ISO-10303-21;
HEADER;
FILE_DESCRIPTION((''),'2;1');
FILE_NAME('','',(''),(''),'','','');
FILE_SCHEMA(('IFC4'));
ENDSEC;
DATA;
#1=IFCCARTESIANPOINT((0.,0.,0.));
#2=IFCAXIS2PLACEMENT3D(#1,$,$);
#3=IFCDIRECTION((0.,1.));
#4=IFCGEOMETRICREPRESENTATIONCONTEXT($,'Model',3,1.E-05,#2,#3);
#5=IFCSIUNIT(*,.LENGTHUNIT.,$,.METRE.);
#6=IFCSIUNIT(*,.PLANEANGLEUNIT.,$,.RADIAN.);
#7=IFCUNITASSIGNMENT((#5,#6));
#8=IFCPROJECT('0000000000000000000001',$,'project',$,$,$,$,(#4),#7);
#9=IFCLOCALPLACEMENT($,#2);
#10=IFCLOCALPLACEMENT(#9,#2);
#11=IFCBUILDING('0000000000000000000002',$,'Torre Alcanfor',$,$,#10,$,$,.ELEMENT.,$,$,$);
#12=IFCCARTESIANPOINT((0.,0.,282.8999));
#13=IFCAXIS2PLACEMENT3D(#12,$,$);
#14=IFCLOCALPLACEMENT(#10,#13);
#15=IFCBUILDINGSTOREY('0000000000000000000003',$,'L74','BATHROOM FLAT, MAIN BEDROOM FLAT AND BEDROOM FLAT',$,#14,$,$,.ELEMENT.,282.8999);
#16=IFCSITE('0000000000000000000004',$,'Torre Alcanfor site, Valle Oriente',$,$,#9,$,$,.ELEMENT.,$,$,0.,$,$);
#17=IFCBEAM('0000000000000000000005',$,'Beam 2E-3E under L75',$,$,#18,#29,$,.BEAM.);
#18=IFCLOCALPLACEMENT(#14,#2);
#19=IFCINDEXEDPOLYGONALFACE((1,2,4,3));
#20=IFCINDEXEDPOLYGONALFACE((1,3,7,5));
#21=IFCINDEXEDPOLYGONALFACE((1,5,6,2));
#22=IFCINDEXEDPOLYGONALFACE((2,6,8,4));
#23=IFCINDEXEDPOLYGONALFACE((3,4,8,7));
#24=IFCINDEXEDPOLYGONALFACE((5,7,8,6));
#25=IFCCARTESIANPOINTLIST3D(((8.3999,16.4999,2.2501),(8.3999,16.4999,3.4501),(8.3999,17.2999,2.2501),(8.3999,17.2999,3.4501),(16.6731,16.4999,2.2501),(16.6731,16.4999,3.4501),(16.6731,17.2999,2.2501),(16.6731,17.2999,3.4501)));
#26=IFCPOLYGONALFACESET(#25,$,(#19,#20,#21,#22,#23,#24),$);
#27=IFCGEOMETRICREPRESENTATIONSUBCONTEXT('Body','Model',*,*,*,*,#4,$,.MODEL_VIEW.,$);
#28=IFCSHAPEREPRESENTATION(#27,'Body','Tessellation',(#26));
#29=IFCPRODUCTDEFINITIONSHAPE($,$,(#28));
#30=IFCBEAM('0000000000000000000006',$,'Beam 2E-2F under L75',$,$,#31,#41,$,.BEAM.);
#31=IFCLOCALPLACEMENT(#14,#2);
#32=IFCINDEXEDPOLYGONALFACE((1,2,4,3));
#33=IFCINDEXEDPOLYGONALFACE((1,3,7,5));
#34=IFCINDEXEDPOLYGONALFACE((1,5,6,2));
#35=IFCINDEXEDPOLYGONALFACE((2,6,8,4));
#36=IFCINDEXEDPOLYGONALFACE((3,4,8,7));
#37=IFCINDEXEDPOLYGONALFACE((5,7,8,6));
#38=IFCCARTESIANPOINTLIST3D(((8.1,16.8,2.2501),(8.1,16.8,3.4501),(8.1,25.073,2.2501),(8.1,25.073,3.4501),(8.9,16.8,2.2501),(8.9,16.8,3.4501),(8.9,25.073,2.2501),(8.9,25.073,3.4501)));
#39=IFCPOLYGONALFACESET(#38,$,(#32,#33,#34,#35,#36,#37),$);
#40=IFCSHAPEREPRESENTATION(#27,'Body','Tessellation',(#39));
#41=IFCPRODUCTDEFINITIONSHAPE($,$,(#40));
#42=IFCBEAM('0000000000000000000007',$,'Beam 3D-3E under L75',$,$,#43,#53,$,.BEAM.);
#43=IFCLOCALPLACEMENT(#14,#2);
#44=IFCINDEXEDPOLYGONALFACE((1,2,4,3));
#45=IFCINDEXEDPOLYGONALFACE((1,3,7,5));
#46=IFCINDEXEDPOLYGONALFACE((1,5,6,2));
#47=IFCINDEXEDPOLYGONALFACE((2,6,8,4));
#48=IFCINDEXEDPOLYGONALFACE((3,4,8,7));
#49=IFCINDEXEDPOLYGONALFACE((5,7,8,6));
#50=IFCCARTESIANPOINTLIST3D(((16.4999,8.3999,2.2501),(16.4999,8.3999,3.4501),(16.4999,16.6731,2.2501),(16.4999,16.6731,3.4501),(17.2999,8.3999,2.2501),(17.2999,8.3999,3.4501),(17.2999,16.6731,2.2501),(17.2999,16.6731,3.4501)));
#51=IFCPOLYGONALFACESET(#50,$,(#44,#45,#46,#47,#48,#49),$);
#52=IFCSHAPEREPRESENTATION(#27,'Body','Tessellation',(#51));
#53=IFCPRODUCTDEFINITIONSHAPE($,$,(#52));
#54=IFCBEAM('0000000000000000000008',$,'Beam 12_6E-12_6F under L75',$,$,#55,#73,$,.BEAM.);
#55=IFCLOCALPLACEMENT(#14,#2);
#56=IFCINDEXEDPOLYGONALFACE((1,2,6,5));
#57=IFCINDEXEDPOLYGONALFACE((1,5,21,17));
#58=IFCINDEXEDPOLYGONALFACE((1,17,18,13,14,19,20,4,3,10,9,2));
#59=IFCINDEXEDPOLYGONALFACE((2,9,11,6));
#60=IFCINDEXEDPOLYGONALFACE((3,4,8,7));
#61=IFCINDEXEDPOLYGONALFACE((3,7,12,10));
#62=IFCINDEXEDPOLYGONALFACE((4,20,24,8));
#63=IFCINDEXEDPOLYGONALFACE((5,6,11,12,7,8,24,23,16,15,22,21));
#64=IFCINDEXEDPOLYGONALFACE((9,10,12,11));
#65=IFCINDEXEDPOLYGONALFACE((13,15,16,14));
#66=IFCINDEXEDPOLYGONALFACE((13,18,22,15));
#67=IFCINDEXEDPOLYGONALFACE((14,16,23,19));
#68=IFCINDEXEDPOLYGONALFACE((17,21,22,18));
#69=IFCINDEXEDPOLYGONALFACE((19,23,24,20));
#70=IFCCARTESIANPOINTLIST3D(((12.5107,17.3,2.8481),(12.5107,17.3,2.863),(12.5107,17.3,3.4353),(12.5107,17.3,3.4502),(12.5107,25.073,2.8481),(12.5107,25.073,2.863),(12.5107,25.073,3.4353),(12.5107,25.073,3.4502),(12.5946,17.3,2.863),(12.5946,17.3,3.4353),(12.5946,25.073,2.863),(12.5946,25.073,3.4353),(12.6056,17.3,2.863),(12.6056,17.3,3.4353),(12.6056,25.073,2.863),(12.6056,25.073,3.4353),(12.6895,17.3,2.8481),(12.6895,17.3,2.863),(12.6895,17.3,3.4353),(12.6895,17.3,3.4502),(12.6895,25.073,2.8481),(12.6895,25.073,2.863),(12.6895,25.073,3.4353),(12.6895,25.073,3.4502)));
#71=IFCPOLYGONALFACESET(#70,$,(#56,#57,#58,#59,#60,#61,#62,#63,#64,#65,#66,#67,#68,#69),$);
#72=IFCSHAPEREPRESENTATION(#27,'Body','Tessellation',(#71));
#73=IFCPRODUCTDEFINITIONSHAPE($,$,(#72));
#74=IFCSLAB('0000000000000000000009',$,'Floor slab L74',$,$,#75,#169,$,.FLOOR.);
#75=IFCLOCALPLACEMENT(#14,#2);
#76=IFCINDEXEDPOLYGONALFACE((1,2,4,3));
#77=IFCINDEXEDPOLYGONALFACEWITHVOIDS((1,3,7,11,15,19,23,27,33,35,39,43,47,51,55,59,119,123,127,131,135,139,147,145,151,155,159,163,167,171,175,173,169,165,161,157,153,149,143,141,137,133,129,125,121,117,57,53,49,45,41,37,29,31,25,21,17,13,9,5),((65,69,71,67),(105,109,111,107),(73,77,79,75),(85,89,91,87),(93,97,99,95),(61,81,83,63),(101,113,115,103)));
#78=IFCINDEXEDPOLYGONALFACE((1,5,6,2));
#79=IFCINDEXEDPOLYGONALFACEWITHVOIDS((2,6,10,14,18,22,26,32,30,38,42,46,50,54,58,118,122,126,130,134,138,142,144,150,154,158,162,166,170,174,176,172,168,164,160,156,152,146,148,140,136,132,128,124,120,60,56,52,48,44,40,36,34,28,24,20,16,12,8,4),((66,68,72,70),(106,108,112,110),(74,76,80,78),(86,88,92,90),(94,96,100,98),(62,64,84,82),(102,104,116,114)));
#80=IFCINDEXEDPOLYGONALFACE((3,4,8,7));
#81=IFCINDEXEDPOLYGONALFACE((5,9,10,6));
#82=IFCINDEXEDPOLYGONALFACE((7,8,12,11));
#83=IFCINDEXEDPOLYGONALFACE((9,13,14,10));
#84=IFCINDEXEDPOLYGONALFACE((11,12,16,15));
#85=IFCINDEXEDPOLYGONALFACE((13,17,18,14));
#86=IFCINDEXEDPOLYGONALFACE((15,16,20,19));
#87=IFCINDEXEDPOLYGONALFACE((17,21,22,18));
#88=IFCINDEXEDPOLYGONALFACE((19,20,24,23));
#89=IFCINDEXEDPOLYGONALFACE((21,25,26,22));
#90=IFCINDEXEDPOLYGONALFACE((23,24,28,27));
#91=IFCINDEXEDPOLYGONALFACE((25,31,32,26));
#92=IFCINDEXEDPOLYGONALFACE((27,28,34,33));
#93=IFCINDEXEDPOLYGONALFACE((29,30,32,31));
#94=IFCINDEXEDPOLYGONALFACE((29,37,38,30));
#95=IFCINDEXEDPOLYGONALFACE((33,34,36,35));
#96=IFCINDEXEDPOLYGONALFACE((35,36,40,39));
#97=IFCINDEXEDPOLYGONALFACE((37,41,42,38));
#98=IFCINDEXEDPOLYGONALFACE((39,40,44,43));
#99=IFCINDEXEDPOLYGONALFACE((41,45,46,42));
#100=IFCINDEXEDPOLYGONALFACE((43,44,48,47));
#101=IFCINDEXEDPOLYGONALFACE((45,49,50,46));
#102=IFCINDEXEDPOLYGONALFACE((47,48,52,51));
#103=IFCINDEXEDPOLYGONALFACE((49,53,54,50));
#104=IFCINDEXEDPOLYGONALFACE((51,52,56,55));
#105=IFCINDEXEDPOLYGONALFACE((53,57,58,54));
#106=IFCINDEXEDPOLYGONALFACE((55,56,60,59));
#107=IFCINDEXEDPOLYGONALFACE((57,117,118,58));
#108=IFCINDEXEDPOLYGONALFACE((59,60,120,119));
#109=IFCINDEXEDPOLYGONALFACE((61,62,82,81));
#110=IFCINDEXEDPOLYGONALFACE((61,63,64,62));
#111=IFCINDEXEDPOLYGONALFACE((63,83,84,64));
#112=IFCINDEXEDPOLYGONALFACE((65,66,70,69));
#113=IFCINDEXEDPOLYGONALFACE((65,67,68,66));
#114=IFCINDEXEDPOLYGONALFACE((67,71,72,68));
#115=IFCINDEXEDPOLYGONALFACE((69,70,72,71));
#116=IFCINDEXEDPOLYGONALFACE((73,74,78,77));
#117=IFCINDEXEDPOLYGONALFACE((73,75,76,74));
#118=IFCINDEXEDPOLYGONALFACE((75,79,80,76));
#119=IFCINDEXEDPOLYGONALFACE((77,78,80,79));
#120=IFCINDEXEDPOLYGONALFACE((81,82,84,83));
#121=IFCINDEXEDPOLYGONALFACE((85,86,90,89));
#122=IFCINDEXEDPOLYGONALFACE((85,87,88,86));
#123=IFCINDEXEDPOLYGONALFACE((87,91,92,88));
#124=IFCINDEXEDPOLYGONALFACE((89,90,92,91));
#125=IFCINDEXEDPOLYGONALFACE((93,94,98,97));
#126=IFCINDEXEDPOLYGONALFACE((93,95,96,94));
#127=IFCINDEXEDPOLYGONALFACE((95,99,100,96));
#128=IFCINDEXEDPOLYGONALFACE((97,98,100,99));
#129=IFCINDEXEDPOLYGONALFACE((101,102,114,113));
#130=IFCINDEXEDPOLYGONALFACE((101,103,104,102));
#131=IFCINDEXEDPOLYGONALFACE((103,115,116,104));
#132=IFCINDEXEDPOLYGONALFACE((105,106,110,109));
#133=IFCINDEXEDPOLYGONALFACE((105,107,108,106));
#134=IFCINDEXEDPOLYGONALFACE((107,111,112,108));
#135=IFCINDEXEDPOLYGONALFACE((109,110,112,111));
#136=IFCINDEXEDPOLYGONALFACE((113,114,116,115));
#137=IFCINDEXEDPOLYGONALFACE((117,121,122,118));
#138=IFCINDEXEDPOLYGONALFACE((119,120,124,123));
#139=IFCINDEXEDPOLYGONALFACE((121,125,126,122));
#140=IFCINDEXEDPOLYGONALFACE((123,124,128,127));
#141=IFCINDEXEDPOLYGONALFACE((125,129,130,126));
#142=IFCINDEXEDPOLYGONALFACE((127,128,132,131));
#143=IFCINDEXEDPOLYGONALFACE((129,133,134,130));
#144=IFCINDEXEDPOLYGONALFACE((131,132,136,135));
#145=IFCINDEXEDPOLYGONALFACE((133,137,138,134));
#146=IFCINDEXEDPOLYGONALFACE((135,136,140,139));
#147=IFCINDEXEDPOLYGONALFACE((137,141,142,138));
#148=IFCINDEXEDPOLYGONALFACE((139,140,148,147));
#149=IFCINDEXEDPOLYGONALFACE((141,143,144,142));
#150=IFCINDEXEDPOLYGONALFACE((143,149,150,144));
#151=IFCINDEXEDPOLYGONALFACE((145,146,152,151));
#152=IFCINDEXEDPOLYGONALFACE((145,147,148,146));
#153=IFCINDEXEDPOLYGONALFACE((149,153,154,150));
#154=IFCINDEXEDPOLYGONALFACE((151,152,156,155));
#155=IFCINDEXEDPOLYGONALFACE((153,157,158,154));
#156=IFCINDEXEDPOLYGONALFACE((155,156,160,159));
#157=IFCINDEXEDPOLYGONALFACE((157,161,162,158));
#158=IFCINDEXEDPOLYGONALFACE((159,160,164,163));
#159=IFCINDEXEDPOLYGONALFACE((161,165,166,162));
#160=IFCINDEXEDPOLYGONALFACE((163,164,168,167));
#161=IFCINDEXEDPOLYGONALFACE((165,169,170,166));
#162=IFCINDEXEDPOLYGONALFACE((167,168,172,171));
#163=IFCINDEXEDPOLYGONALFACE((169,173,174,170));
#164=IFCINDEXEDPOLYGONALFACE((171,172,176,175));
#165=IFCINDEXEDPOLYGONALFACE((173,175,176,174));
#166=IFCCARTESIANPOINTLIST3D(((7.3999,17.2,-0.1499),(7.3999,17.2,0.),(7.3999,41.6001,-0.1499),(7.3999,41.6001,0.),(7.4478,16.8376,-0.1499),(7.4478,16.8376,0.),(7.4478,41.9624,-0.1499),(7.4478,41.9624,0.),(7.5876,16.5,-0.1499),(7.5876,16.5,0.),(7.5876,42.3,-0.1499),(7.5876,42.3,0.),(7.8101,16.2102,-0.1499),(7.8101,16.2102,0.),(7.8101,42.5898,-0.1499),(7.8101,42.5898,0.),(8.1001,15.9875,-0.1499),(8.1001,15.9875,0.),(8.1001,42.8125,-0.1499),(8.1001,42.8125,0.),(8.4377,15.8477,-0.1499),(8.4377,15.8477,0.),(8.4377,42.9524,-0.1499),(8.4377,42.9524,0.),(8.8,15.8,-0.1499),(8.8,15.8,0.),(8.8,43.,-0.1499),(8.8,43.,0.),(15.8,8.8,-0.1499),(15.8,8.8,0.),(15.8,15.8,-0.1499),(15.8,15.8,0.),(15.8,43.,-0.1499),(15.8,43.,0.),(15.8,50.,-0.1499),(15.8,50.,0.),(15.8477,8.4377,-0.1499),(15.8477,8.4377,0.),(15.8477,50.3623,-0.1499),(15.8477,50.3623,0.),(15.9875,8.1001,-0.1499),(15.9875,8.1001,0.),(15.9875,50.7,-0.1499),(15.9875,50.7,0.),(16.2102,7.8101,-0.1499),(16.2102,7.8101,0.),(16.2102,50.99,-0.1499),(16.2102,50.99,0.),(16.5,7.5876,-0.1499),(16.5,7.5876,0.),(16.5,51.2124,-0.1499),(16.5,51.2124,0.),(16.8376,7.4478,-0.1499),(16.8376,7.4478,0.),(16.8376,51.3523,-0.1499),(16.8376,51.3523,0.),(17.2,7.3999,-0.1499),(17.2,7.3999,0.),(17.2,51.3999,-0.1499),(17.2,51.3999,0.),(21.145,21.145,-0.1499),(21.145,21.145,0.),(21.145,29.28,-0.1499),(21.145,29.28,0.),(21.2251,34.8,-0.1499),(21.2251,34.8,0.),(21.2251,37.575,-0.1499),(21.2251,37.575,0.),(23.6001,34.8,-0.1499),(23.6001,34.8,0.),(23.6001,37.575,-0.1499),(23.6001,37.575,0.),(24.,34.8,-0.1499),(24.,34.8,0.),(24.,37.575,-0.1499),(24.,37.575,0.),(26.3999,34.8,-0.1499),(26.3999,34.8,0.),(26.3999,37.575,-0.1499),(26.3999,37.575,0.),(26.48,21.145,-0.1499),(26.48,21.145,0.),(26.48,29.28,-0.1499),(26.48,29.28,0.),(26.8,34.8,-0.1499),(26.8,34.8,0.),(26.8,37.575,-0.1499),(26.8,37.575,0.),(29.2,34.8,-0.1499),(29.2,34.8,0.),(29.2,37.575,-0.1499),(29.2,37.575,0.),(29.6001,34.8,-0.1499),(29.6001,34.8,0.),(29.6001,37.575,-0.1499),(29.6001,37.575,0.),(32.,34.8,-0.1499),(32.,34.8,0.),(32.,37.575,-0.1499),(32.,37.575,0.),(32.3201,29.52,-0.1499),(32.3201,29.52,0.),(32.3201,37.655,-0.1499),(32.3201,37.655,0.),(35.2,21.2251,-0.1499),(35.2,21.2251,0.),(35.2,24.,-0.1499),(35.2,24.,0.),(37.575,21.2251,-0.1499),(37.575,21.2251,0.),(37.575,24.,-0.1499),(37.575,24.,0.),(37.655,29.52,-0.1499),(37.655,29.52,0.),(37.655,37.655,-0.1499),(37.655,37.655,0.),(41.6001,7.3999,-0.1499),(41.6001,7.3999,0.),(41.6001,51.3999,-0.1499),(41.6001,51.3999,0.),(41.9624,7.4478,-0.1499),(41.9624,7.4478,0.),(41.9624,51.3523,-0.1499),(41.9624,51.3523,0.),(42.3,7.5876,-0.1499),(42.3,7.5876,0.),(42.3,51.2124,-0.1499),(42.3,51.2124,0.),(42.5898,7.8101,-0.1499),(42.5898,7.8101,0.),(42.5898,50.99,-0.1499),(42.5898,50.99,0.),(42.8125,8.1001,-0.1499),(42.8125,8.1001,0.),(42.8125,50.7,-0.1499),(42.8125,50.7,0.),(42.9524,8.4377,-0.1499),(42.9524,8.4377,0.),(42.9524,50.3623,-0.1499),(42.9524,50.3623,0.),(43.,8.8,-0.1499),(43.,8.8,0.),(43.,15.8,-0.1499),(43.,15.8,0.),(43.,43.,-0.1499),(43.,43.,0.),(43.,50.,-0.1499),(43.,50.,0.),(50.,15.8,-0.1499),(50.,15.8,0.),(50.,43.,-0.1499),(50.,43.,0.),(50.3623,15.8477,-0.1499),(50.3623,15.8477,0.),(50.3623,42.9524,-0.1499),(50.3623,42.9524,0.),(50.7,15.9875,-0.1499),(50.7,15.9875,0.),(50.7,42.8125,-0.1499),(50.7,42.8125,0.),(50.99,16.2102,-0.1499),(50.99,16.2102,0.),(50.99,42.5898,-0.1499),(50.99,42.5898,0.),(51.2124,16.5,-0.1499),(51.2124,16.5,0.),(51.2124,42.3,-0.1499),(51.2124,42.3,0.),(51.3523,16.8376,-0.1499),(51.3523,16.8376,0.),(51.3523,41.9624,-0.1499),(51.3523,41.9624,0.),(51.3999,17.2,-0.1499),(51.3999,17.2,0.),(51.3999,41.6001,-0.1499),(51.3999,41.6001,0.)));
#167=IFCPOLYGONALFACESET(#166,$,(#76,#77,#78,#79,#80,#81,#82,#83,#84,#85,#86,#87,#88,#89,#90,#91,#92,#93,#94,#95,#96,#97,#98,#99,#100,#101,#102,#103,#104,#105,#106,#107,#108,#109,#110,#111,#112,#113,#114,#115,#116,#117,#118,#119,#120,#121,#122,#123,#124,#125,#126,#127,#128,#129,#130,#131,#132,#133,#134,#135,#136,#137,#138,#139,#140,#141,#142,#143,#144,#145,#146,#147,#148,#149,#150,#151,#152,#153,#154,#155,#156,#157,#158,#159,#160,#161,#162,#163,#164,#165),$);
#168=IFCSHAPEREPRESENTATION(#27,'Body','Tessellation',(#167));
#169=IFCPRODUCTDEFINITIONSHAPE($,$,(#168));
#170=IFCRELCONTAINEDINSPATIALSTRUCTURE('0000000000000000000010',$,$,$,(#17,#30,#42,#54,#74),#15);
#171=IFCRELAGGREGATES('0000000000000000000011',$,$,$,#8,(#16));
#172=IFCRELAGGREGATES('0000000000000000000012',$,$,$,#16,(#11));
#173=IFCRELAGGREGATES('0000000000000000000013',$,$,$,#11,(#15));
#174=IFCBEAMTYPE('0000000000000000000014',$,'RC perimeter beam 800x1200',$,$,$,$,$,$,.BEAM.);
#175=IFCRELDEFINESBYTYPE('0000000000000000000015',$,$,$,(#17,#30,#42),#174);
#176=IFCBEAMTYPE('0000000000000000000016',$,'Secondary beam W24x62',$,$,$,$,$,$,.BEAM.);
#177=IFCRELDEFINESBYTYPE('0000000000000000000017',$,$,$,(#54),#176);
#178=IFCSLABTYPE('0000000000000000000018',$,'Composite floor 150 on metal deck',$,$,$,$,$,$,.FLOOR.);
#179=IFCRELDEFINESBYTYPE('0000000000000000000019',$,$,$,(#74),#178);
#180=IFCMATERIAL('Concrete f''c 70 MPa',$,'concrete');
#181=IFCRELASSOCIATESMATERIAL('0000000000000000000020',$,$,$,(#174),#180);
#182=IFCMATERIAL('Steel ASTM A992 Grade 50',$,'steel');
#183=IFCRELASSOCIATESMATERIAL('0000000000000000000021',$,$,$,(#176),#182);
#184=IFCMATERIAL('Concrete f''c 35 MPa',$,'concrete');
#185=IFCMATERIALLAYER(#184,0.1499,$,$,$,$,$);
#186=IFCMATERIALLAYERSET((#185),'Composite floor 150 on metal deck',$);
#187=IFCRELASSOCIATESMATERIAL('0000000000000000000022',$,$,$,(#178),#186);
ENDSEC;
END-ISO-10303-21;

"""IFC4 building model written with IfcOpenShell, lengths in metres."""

from ifc_helpers import new_model, si_unit, direction, frame, origin, origin_2d, place, context, subcontext, project, spatial, polyline, rectangle, i_section, outline, extrude, material, layer, layer_set, material_profile, profile_set, type_object, element, save


model = new_model("IFC4")

# Units and contexts
model_context = context("Model", 3, precision=1e-05, world=origin(), true_north=direction((0.0, 1.0)))
body_context = subcontext(model_context, "Body", "Model", "MODEL_VIEW")
ifc_project = project(units=[si_unit("LENGTHUNIT", "METRE"), si_unit("PLANEANGLEUNIT", "RADIAN")], contexts=[model_context])

# Site, building, storey
site_placement = place(None, origin())
site = spatial("IfcSite", under=ifc_project, at=site_placement, Name="Torre Alcanfor site, Valle Oriente", CompositionType="ELEMENT", RefElevation=0.0)
building_placement = place(site_placement, origin())
building = spatial("IfcBuilding", under=site, at=building_placement, Name="Torre Alcanfor", CompositionType="ELEMENT")
storey_placement = place(building_placement, frame((0.0, 0.0, 282.8999)))
storey = spatial("IfcBuildingStorey", under=building, at=storey_placement, Name="L74", Description="BATHROOM FLAT, MAIN BEDROOM FLAT AND BEDROOM FLAT", CompositionType="ELEMENT", Elevation=282.8999)

# Beams
ifc_material_1 = material(Name="Concrete f'c 70 MPa", Category="concrete")
ifc_material_profile_1 = material_profile(ifc_material_1, rectangle(XDim=0.8, YDim=1.2, at=origin_2d()), Name="800x1200")
ifc_profile_set_1 = profile_set([ifc_material_profile_1], Name="Concrete f'c 70 MPa")
beam_type_1 = type_object("IfcBeamType", Name="RC perimeter beam 800x1200", PredefinedType="BEAM", material=ifc_profile_set_1)
beam_1_placement = place(storey_placement, frame((8.3999, 16.8999, 2.8501), z_axis=(1.0, 0.0, 0.0), x_axis=(0.0, 1.0, 0.0)))
element("IfcBeam", 1, at=beam_1_placement, inside=storey, type_object=beam_type_1, Name="Beam 2E-3E under L75", PredefinedType="BEAM", context=body_context, shape_type="SweptSolid", body=[
    extrude(rectangle(XDim=0.8, YDim=1.2, at=origin_2d()), origin(), (0.0, 0.0, 1.0), 8.2732),
])
beam_2_placement = place(storey_placement, frame((8.5, 16.8, 2.8501), z_axis=(0.0, 1.0, 0.0), x_axis=(-1.0, 0.0, 0.0)))
element("IfcBeam", 2, at=beam_2_placement, inside=storey, type_object=beam_type_1, Name="Beam 2E-2F under L75", PredefinedType="BEAM", context=body_context, shape_type="SweptSolid", body=[
    extrude(rectangle(XDim=0.8, YDim=1.2, at=origin_2d()), origin(), (0.0, 0.0, 1.0), 8.2729),
])
beam_3_placement = place(storey_placement, frame((16.8999, 8.3999, 2.8501), z_axis=(0.0, 1.0, 0.0), x_axis=(-1.0, 0.0, 0.0)))
element("IfcBeam", 3, at=beam_3_placement, inside=storey, type_object=beam_type_1, Name="Beam 3D-3E under L75", PredefinedType="BEAM", context=body_context, shape_type="SweptSolid", body=[
    extrude(rectangle(XDim=0.8, YDim=1.2, at=origin_2d()), origin(), (0.0, 0.0, 1.0), 8.2732),
])
ifc_material_2 = material(Name="Steel ASTM A992 Grade 50", Category="steel")
ifc_material_profile_2 = material_profile(ifc_material_2, i_section(OverallWidth=0.1787, OverallDepth=0.6021, WebThickness=0.011, FlangeThickness=0.0149, at=origin_2d()), Name="W24x62")
ifc_profile_set_2 = profile_set([ifc_material_profile_2], Name="Steel ASTM A992 Grade 50")
beam_type_2 = type_object("IfcBeamType", Name="Secondary beam W24x62", PredefinedType="BEAM", material=ifc_profile_set_2)
beam_4_placement = place(storey_placement, frame((12.6001, 17.3, 3.1492), z_axis=(0.0, 1.0, 0.0), x_axis=(-1.0, 0.0, 0.0)))
element("IfcBeam", 4, at=beam_4_placement, inside=storey, type_object=beam_type_2, Name="Beam 12_6E-12_6F under L75", PredefinedType="BEAM", context=body_context, shape_type="SweptSolid", body=[
    extrude(i_section(OverallWidth=0.1787, OverallDepth=0.6021, WebThickness=0.011, FlangeThickness=0.0149, at=origin_2d()), origin(), (0.0, 0.0, 1.0), 7.7729),
])

# Slab
ifc_material_3 = material(Name="Concrete f'c 35 MPa", Category="concrete")
ifc_layer_1 = layer(ifc_material_3, 0.1499)
ifc_layer_set_1 = layer_set([ifc_layer_1], Name="Composite floor 150 on metal deck")
slab_type_1 = type_object("IfcSlabType", Name="Composite floor 150 on metal deck", PredefinedType="FLOOR", material=ifc_layer_set_1)
slab_1_placement = place(storey_placement, frame((0.0, 0.0, -0.1499)))
element("IfcSlab", 5, at=slab_1_placement, inside=storey, type_object=slab_type_1, Name="Floor slab L74", PredefinedType="FLOOR", context=body_context, shape_type="SweptSolid", body=[
    extrude(outline(polyline([(15.8, 43.0), (8.8, 43.0), (8.4377, 42.9524), (8.1001, 42.8125), (7.8101, 42.5898), (7.5876, 42.3), (7.4478, 41.9624), (7.3999, 41.6001), (7.3999, 17.2), (7.4478, 16.8376), (7.5876, 16.5), (7.8101, 16.2102), (8.1001, 15.9875), (8.4377, 15.8477), (8.8, 15.8), (15.8, 15.8), (15.8, 8.8), (15.8477, 8.4377), (15.9875, 8.1001), (16.2102, 7.8101), (16.5, 7.5876), (16.8376, 7.4478), (17.2, 7.3999), (41.6001, 7.3999), (41.9624, 7.4478), (42.3, 7.5876), (42.5898, 7.8101), (42.8125, 8.1001), (42.9524, 8.4377), (43.0, 8.8), (43.0, 15.8), (50.0, 15.8), (50.3623, 15.8477), (50.7, 15.9875), (50.99, 16.2102), (51.2124, 16.5), (51.3523, 16.8376), (51.3999, 17.2), (51.3999, 41.6001), (51.3523, 41.9624), (51.2124, 42.3), (50.99, 42.5898), (50.7, 42.8125), (50.3623, 42.9524), (50.0, 43.0), (43.0, 43.0), (43.0, 50.0), (42.9524, 50.3623), (42.8125, 50.7), (42.5898, 50.99), (42.3, 51.2124), (41.9624, 51.3523), (41.6001, 51.3999), (17.2, 51.3999), (16.8376, 51.3523), (16.5, 51.2124), (16.2102, 50.99), (15.9875, 50.7), (15.8477, 50.3623), (15.8, 50.0), (15.8, 43.0)]), holes=[polyline([(21.145, 21.145), (26.48, 21.145), (26.48, 29.28), (21.145, 29.28), (21.145, 21.145)]), polyline([(32.3201, 29.52), (37.655, 29.52), (37.655, 37.655), (32.3201, 37.655), (32.3201, 29.52)]), polyline([(35.2, 21.2251), (37.575, 21.2251), (37.575, 24.0), (35.2, 24.0), (35.2, 21.2251)]), polyline([(21.2251, 34.8), (23.6001, 34.8), (23.6001, 37.575), (21.2251, 37.575), (21.2251, 34.8)]), polyline([(24.0, 34.8), (26.3999, 34.8), (26.3999, 37.575), (24.0, 37.575), (24.0, 34.8)]), polyline([(26.8, 34.8), (29.2, 34.8), (29.2, 37.575), (26.8, 37.575), (26.8, 34.8)]), polyline([(29.6001, 34.8), (32.0, 34.8), (32.0, 37.575), (29.6001, 37.575), (29.6001, 34.8)])]), origin(), (0.0, 0.0, 1.0), 0.1499),
])

save(model, "model.ifc")
